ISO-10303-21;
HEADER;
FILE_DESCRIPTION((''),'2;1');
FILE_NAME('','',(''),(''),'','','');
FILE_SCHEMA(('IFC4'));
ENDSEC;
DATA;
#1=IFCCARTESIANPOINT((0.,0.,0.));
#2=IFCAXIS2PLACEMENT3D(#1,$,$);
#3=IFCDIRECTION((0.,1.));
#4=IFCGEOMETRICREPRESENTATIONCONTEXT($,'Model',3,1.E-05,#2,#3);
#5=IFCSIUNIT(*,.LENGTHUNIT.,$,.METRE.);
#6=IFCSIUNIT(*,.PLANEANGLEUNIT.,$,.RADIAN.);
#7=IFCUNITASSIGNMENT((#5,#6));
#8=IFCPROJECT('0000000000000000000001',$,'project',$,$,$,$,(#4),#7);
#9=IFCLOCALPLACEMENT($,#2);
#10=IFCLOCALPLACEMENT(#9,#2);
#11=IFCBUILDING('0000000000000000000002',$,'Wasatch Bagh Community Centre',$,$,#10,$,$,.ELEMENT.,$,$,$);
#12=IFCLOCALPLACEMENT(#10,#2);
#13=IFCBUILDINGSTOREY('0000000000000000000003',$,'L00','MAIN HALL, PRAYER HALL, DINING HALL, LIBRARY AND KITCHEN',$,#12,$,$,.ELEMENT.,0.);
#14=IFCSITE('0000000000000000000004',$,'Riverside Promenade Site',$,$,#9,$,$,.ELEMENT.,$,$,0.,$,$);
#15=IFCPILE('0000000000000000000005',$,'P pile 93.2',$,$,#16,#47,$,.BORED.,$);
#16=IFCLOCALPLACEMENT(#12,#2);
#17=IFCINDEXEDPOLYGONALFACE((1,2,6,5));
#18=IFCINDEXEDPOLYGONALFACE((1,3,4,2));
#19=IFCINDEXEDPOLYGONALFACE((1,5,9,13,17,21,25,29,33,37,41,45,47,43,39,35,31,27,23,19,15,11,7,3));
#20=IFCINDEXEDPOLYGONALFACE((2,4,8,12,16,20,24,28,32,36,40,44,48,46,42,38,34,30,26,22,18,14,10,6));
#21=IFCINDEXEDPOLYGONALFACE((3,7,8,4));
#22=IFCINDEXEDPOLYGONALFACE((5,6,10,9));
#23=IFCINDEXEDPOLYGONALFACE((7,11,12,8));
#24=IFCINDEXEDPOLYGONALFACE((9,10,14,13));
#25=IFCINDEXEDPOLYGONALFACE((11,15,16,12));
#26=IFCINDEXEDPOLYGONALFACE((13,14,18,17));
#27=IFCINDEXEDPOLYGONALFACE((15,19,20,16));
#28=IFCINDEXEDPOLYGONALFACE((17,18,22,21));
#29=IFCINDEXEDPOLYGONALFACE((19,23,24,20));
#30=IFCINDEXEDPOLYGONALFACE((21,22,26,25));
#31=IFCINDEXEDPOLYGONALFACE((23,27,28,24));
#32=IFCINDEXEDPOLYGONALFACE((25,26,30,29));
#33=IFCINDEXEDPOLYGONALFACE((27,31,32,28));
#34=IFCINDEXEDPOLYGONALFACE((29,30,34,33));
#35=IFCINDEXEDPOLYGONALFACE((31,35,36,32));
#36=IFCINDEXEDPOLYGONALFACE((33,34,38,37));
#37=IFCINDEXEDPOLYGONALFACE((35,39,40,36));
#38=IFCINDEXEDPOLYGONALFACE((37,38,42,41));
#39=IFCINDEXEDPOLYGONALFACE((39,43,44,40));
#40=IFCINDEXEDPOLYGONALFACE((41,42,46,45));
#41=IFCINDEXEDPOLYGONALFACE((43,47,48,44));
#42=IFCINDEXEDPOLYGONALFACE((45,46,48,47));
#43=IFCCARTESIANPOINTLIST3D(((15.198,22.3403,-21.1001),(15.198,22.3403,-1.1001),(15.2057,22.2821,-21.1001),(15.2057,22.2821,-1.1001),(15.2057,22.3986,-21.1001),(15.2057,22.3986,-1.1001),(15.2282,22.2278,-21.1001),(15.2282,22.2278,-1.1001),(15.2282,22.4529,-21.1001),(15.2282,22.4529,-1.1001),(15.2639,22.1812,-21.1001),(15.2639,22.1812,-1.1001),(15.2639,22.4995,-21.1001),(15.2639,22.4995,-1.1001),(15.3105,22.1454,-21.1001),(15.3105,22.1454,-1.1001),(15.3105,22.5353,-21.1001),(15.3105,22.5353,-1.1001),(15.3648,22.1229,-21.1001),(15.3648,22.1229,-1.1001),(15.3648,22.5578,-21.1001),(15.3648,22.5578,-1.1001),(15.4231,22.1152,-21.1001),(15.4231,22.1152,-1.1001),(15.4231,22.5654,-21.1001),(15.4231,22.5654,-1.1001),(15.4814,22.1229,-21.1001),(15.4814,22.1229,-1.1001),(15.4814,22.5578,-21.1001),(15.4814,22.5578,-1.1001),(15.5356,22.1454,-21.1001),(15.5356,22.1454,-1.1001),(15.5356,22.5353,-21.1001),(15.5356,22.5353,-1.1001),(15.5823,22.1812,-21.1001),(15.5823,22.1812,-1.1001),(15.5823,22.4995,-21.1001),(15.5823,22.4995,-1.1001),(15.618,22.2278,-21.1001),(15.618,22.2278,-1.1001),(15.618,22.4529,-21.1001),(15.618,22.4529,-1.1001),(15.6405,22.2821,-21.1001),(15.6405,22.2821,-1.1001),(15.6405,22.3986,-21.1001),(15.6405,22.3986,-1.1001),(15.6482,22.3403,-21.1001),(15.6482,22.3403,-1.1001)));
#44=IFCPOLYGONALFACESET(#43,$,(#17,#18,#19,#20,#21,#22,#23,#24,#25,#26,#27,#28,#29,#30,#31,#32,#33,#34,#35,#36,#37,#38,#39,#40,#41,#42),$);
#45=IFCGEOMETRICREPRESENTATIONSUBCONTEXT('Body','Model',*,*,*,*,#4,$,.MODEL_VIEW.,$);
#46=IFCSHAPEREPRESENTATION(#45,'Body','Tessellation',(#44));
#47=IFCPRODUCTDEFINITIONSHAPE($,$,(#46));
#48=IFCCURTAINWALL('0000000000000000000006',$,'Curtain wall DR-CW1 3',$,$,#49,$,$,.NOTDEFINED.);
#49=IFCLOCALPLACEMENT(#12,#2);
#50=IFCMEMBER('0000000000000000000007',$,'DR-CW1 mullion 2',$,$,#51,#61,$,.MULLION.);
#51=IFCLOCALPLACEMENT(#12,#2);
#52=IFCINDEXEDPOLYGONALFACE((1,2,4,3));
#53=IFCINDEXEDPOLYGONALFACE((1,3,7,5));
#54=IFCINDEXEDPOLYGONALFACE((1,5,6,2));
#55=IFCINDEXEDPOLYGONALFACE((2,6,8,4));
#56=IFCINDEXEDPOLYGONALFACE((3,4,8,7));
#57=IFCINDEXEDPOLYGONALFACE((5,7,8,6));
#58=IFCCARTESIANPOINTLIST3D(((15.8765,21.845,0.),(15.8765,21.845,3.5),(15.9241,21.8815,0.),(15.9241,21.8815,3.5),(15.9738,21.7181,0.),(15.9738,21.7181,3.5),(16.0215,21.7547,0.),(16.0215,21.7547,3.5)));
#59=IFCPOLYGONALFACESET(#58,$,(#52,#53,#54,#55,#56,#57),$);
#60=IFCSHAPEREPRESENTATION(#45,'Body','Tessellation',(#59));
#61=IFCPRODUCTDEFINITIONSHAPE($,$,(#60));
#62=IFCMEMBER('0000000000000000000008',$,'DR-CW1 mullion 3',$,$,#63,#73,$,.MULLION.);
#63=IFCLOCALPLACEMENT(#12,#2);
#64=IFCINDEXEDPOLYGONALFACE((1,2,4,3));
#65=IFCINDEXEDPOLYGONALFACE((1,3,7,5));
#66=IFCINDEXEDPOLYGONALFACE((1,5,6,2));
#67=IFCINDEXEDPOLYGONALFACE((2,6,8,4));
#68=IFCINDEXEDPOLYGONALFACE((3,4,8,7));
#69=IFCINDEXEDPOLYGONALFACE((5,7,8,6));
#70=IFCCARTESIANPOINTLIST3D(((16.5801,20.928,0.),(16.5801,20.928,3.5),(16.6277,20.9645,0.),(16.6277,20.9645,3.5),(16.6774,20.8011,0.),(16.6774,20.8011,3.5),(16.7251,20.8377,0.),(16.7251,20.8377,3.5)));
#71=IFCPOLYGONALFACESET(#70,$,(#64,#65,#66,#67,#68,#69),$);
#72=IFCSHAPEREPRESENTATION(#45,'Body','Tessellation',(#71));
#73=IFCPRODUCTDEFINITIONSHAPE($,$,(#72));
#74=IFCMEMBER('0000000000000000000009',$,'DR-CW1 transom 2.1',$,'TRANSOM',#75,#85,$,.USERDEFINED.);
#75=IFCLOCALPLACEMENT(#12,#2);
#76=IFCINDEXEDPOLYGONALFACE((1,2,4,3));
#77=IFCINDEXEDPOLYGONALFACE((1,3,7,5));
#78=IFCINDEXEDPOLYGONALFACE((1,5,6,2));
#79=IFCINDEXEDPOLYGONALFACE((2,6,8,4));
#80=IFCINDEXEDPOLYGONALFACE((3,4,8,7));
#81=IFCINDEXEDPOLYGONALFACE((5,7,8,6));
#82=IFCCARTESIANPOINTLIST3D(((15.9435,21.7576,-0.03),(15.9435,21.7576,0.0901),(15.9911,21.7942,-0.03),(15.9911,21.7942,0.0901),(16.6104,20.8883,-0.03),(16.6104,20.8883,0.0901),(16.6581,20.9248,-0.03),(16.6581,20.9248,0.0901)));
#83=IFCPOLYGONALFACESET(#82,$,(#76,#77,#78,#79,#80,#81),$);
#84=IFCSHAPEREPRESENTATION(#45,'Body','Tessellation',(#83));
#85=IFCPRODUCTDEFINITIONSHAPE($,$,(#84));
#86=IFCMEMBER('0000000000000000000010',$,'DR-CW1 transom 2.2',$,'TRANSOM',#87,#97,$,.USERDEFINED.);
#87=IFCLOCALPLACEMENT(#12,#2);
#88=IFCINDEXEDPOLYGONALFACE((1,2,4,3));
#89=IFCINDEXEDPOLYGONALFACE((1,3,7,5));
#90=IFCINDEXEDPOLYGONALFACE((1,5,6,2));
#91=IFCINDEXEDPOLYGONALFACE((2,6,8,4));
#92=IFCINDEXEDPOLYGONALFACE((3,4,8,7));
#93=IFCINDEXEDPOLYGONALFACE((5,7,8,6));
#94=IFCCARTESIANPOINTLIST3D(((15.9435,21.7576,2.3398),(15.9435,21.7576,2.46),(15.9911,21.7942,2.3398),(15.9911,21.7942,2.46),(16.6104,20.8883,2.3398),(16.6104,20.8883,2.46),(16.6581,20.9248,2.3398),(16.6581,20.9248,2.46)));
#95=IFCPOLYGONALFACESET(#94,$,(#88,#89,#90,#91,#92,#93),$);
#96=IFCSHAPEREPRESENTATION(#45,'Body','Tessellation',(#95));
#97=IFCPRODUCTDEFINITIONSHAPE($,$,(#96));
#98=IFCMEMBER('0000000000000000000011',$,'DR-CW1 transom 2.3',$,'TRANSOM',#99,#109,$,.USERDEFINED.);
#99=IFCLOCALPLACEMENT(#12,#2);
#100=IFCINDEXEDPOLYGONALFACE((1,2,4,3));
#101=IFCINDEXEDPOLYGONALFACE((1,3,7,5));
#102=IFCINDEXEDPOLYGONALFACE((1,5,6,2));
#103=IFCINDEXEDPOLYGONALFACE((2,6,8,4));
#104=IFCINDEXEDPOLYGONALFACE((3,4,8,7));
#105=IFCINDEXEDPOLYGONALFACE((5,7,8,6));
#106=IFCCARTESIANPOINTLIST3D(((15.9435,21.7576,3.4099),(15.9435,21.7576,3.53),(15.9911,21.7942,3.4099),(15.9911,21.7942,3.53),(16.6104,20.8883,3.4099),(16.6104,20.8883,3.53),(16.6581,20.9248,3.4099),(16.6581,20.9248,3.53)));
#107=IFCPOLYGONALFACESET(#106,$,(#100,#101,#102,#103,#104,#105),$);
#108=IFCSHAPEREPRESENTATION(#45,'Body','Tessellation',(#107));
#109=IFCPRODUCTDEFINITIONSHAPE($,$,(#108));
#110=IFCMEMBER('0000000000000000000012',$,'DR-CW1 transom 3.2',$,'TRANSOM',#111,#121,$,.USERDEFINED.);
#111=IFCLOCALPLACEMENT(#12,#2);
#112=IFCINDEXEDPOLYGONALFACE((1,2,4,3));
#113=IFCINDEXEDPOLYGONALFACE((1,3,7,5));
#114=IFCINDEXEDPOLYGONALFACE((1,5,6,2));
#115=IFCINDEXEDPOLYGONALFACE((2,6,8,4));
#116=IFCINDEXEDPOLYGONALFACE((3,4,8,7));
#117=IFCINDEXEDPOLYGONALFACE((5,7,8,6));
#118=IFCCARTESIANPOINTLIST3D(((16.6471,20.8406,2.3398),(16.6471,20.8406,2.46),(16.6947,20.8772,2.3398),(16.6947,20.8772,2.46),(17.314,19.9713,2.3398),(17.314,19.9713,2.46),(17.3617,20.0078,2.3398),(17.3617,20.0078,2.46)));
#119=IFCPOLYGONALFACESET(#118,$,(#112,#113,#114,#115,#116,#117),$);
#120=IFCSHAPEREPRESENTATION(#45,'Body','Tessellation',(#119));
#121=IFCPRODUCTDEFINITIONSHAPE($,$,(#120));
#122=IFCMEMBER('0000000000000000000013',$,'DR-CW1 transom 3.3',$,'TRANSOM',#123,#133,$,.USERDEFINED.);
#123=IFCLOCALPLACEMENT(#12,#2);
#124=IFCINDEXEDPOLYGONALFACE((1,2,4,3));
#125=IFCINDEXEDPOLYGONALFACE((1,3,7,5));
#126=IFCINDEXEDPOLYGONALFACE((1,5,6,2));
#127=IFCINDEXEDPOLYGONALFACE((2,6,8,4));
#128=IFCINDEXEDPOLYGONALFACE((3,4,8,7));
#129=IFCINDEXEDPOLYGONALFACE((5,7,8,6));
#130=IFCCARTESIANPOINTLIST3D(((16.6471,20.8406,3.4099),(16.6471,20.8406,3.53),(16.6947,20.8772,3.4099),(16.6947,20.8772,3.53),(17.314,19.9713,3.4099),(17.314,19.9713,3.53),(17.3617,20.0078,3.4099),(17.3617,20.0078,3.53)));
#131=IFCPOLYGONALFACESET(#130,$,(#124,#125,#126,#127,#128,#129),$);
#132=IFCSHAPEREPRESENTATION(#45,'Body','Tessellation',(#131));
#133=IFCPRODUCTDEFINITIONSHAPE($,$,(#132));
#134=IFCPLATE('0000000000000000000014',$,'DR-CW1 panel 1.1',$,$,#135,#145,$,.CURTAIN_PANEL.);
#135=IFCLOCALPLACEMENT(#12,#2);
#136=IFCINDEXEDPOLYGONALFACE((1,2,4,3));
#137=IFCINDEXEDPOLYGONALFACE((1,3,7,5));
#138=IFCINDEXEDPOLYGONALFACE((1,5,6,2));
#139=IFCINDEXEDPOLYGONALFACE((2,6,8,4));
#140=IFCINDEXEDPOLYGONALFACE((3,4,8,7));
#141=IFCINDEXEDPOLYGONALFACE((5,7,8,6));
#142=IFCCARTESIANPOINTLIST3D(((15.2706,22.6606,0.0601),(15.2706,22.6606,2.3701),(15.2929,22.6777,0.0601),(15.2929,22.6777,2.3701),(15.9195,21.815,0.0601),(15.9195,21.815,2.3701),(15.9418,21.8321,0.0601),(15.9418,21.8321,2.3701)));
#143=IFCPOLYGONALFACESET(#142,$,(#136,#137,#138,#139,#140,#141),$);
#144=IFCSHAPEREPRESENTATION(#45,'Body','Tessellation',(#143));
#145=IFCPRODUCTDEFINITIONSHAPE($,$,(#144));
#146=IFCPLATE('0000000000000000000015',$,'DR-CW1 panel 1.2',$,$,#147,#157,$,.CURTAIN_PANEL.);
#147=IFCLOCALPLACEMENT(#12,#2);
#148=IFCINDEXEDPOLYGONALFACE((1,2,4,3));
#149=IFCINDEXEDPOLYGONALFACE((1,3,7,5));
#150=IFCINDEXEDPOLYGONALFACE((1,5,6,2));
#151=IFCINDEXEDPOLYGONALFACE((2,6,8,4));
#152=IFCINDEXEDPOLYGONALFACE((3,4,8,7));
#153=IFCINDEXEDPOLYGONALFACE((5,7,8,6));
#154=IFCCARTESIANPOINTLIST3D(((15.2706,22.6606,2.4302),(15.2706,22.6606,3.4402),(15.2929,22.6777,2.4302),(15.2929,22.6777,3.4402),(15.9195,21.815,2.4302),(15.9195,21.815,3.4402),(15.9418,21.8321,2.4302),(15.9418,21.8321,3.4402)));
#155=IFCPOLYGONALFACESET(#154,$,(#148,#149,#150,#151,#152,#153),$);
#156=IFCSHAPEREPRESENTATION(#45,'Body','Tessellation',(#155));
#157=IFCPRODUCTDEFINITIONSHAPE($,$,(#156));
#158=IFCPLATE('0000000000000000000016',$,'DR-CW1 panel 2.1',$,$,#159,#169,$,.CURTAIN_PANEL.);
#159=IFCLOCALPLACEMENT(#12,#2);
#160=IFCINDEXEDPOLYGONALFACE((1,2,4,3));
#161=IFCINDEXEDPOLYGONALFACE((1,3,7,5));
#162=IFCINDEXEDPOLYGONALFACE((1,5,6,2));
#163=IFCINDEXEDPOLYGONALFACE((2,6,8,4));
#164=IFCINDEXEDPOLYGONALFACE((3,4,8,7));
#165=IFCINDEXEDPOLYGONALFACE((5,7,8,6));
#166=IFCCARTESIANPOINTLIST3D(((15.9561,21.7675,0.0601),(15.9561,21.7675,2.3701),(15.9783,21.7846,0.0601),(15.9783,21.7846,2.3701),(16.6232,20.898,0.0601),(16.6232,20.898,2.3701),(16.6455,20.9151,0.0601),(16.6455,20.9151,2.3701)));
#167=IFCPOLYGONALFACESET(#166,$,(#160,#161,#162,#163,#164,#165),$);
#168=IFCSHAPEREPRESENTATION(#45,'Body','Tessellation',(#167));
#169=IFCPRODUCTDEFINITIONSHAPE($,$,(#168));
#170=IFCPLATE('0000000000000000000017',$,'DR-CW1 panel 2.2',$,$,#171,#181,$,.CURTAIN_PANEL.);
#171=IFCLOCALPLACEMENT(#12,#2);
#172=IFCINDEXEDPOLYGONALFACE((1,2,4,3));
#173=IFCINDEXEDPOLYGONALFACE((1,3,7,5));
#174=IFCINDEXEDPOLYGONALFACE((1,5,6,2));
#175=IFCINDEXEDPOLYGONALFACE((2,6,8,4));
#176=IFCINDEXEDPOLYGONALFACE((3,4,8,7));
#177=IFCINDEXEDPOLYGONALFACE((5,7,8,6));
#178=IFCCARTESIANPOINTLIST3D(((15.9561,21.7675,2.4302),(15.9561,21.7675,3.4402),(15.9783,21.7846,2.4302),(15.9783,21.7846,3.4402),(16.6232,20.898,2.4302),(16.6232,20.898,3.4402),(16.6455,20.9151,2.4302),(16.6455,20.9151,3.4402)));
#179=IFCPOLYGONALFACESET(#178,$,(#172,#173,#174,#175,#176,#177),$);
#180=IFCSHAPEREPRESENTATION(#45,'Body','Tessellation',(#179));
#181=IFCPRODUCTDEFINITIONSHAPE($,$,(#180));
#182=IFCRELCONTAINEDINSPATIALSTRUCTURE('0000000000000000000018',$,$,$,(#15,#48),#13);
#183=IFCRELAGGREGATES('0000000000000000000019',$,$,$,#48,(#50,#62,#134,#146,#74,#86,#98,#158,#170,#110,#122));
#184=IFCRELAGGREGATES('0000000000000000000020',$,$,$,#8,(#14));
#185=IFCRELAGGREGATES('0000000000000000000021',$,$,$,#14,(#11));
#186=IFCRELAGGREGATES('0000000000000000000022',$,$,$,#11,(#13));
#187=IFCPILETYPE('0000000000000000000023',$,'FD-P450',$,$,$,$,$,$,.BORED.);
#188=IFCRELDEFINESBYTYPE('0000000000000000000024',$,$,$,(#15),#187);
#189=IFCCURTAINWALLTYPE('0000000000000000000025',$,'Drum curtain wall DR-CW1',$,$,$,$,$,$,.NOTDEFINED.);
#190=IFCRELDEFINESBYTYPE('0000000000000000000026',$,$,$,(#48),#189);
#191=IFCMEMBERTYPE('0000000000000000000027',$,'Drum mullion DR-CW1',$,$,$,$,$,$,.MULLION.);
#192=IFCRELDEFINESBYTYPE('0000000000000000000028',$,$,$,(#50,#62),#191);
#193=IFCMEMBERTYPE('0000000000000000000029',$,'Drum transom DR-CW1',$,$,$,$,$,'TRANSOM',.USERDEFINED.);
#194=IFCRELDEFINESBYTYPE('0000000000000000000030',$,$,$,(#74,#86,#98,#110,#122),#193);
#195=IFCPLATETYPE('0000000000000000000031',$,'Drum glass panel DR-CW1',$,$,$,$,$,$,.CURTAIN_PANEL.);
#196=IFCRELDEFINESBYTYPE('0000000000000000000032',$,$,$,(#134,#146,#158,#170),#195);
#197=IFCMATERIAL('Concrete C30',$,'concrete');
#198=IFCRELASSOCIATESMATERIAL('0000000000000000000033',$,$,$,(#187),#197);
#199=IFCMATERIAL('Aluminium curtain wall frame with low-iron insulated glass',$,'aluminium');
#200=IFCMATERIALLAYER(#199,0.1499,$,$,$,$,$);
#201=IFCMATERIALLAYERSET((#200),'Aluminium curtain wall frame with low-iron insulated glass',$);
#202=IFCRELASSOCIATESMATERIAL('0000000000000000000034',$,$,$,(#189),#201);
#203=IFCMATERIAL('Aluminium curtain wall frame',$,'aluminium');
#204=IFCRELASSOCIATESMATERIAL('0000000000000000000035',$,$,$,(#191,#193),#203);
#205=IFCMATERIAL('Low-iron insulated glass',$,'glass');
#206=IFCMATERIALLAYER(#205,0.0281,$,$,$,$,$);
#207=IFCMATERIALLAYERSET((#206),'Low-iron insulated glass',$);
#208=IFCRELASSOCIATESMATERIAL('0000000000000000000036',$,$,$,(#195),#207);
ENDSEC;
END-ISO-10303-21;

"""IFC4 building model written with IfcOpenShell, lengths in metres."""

from ifc_helpers import new_model, si_unit, direction, frame, origin, origin_2d, place, context, subcontext, project, spatial, rectangle, circle, extrude, material, layer, layer_set, material_profile, profile_set, type_object, element, aggregate, save


model = new_model("IFC4")

# Units and contexts
model_context = context("Model", 3, precision=1e-05, world=origin(), true_north=direction((0.0, 1.0)))
body_context = subcontext(model_context, "Body", "Model", "MODEL_VIEW")
ifc_project = project(units=[si_unit("LENGTHUNIT", "METRE"), si_unit("PLANEANGLEUNIT", "RADIAN")], contexts=[model_context])

# Site, building, storey
site_placement = place(None, origin())
site = spatial("IfcSite", under=ifc_project, at=site_placement, Name="Riverside Promenade Site", CompositionType="ELEMENT", RefElevation=0.0)
building_placement = place(site_placement, origin())
building = spatial("IfcBuilding", under=site, at=building_placement, Name="Wasatch Bagh Community Centre", CompositionType="ELEMENT")
storey_placement = place(building_placement, origin())
storey = spatial("IfcBuildingStorey", under=building, at=storey_placement, Name="L00", Description="MAIN HALL, PRAYER HALL, DINING HALL, LIBRARY AND KITCHEN", CompositionType="ELEMENT", Elevation=0.0)

# Pile
ifc_material_1 = material(Name="Concrete C30", Category="concrete")
ifc_material_profile_1 = material_profile(ifc_material_1, circle(Radius=0.2251, at=origin_2d()), Name="RC D450")
ifc_profile_set_1 = profile_set([ifc_material_profile_1], Name="Concrete C30")
pile_type = type_object("IfcPileType", Name="FD-P450", PredefinedType="BORED", material=ifc_profile_set_1)
pile_placement = place(storey_placement, frame((15.4231, 22.3403, -1.1001), z_axis=(0.0, 0.0, -1.0), x_axis=(1.0, 0.0, 0.0)))
element("IfcPile", 1, at=pile_placement, inside=storey, type_object=pile_type, Name="P pile 93.2", PredefinedType="BORED", context=body_context, shape_type="SweptSolid", body=[
    extrude(circle(Radius=0.2251, at=origin_2d()), origin(), (0.0, 0.0, 1.0), 20.0),
])

# Curtain wall, members, plates
ifc_material_2 = material(Name="Aluminium curtain wall frame with low-iron insulated glass", Category="aluminium")
ifc_layer_1 = layer(ifc_material_2, 0.1499)
ifc_layer_set_1 = layer_set([ifc_layer_1], Name="Aluminium curtain wall frame with low-iron insulated glass")
curtain_wall_type = type_object("IfcCurtainWallType", Name="Drum curtain wall DR-CW1", PredefinedType="NOTDEFINED", material=ifc_layer_set_1)
curtain_wall_placement = place(storey_placement, origin())
curtain_wall = element("IfcCurtainWall", 2, at=curtain_wall_placement, inside=storey, type_object=curtain_wall_type, Name="Curtain wall DR-CW1 3", PredefinedType="NOTDEFINED")
ifc_material_3 = material(Name="Aluminium curtain wall frame", Category="aluminium")
ifc_material_profile_2 = material_profile(ifc_material_3, rectangle(XDim=0.0601, YDim=0.1599, at=origin_2d()), Name="Drum mullion DR-CW1")
ifc_profile_set_2 = profile_set([ifc_material_profile_2], Name="Aluminium curtain wall frame")
member_type_1 = type_object("IfcMemberType", Name="Drum mullion DR-CW1", PredefinedType="MULLION", material=ifc_profile_set_2)
member_1_placement = place(storey_placement, frame((15.949, 21.7998, 0.0), z_axis=(0.0, 0.0, 1.0), x_axis=(0.793353, 0.608761, 0.0)))
member_1 = element("IfcMember", 3, at=member_1_placement, type_object=member_type_1, Name="DR-CW1 mullion 2", PredefinedType="MULLION", context=body_context, shape_type="SweptSolid", body=[
    extrude(rectangle(XDim=0.0601, YDim=0.1599, at=origin_2d()), origin(), (0.0, 0.0, 1.0), 3.5),
])
member_2_placement = place(storey_placement, frame((16.6526, 20.8828, 0.0), z_axis=(0.0, 0.0, 1.0), x_axis=(0.793353, 0.608761, 0.0)))
member_2 = element("IfcMember", 4, at=member_2_placement, type_object=member_type_1, Name="DR-CW1 mullion 3", PredefinedType="MULLION", context=body_context, shape_type="SweptSolid", body=[
    extrude(rectangle(XDim=0.0601, YDim=0.1599, at=origin_2d()), origin(), (0.0, 0.0, 1.0), 3.5),
])
ifc_material_profile_3 = material_profile(ifc_material_3, rectangle(XDim=0.0601, YDim=0.1201, at=origin_2d()), Name="Drum transom DR-CW1")
ifc_profile_set_3 = profile_set([ifc_material_profile_3], Name="Aluminium curtain wall frame")
member_type_2 = type_object("IfcMemberType", Name="Drum transom DR-CW1", ElementType="TRANSOM", PredefinedType="USERDEFINED", material=ifc_profile_set_3)
member_3_placement = place(storey_placement, frame((15.9673, 21.7759, 0.03), z_axis=(0.608698, -0.793402, 0.0), x_axis=(0.793402, 0.608698, 0.0)))
member_3 = element("IfcMember", 5, at=member_3_placement, type_object=member_type_2, Name="DR-CW1 transom 2.1", ObjectType="TRANSOM", PredefinedType="USERDEFINED", context=body_context, shape_type="SweptSolid", body=[
    extrude(rectangle(XDim=0.0601, YDim=0.1201, at=origin_2d()), origin(), (0.0, 0.0, 1.0), 1.0957),
])
member_4_placement = place(storey_placement, frame((15.9673, 21.7759, 2.3999), z_axis=(0.608698, -0.793402, 0.0), x_axis=(0.793402, 0.608698, 0.0)))
member_4 = element("IfcMember", 6, at=member_4_placement, type_object=member_type_2, Name="DR-CW1 transom 2.2", ObjectType="TRANSOM", PredefinedType="USERDEFINED", context=body_context, shape_type="SweptSolid", body=[
    extrude(rectangle(XDim=0.0601, YDim=0.1201, at=origin_2d()), origin(), (0.0, 0.0, 1.0), 1.0957),
])
member_5_placement = place(storey_placement, frame((15.9673, 21.7759, 3.47), z_axis=(0.608698, -0.793402, 0.0), x_axis=(0.793402, 0.608698, 0.0)))
member_5 = element("IfcMember", 7, at=member_5_placement, type_object=member_type_2, Name="DR-CW1 transom 2.3", ObjectType="TRANSOM", PredefinedType="USERDEFINED", context=body_context, shape_type="SweptSolid", body=[
    extrude(rectangle(XDim=0.0601, YDim=0.1201, at=origin_2d()), origin(), (0.0, 0.0, 1.0), 1.0957),
])
member_6_placement = place(storey_placement, frame((16.6709, 20.8589, 2.3999), z_axis=(0.608698, -0.793402, 0.0), x_axis=(0.793402, 0.608698, 0.0)))
member_6 = element("IfcMember", 8, at=member_6_placement, type_object=member_type_2, Name="DR-CW1 transom 3.2", ObjectType="TRANSOM", PredefinedType="USERDEFINED", context=body_context, shape_type="SweptSolid", body=[
    extrude(rectangle(XDim=0.0601, YDim=0.1201, at=origin_2d()), origin(), (0.0, 0.0, 1.0), 1.0957),
])
member_7_placement = place(storey_placement, frame((16.6709, 20.8589, 3.47), z_axis=(0.608698, -0.793402, 0.0), x_axis=(0.793402, 0.608698, 0.0)))
member_7 = element("IfcMember", 9, at=member_7_placement, type_object=member_type_2, Name="DR-CW1 transom 3.3", ObjectType="TRANSOM", PredefinedType="USERDEFINED", context=body_context, shape_type="SweptSolid", body=[
    extrude(rectangle(XDim=0.0601, YDim=0.1201, at=origin_2d()), origin(), (0.0, 0.0, 1.0), 1.0957),
])
ifc_material_4 = material(Name="Low-iron insulated glass", Category="glass")
ifc_layer_2 = layer(ifc_material_4, 0.0281)
ifc_layer_set_2 = layer_set([ifc_layer_2], Name="Low-iron insulated glass")
plate_type = type_object("IfcPlateType", Name="Drum glass panel DR-CW1", PredefinedType="CURTAIN_PANEL", material=ifc_layer_set_2)
plate_1_placement = place(storey_placement, frame((15.6062, 22.2463, 0.0601), z_axis=(0.0, 0.0, 1.0), x_axis=(0.608761, -0.793353, 0.0)))
plate_1 = element("IfcPlate", 10, at=plate_1_placement, type_object=plate_type, Name="DR-CW1 panel 1.1", PredefinedType="CURTAIN_PANEL", context=body_context, shape_type="SweptSolid", body=[
    extrude(rectangle(XDim=1.0659, YDim=0.0281, at=origin_2d()), origin(), (0.0, 0.0, 1.0), 2.3101),
])
plate_2_placement = place(storey_placement, frame((15.6062, 22.2463, 2.4302), z_axis=(0.0, 0.0, 1.0), x_axis=(0.608761, -0.793353, 0.0)))
plate_2 = element("IfcPlate", 11, at=plate_2_placement, type_object=plate_type, Name="DR-CW1 panel 1.2", PredefinedType="CURTAIN_PANEL", context=body_context, shape_type="SweptSolid", body=[
    extrude(rectangle(XDim=1.0659, YDim=0.0281, at=origin_2d()), origin(), (0.0, 0.0, 1.0), 1.01),
])
plate_3_placement = place(storey_placement, frame((16.3008, 21.3413, 0.0601), z_axis=(0.0, 0.0, 1.0), x_axis=(0.608761, -0.793353, 0.0)))
plate_3 = element("IfcPlate", 12, at=plate_3_placement, type_object=plate_type, Name="DR-CW1 panel 2.1", PredefinedType="CURTAIN_PANEL", context=body_context, shape_type="SweptSolid", body=[
    extrude(rectangle(XDim=1.0959, YDim=0.0281, at=origin_2d()), origin(), (0.0, 0.0, 1.0), 2.3101),
])
plate_4_placement = place(storey_placement, frame((16.3008, 21.3413, 2.4302), z_axis=(0.0, 0.0, 1.0), x_axis=(0.608761, -0.793353, 0.0)))
plate_4 = element("IfcPlate", 13, at=plate_4_placement, type_object=plate_type, Name="DR-CW1 panel 2.2", PredefinedType="CURTAIN_PANEL", context=body_context, shape_type="SweptSolid", body=[
    extrude(rectangle(XDim=1.0959, YDim=0.0281, at=origin_2d()), origin(), (0.0, 0.0, 1.0), 1.01),
])
aggregate(curtain_wall, [member_1, member_2, plate_1, plate_2, member_3, member_4, member_5, plate_3, plate_4, member_6, member_7])

save(model, "model.ifc")
